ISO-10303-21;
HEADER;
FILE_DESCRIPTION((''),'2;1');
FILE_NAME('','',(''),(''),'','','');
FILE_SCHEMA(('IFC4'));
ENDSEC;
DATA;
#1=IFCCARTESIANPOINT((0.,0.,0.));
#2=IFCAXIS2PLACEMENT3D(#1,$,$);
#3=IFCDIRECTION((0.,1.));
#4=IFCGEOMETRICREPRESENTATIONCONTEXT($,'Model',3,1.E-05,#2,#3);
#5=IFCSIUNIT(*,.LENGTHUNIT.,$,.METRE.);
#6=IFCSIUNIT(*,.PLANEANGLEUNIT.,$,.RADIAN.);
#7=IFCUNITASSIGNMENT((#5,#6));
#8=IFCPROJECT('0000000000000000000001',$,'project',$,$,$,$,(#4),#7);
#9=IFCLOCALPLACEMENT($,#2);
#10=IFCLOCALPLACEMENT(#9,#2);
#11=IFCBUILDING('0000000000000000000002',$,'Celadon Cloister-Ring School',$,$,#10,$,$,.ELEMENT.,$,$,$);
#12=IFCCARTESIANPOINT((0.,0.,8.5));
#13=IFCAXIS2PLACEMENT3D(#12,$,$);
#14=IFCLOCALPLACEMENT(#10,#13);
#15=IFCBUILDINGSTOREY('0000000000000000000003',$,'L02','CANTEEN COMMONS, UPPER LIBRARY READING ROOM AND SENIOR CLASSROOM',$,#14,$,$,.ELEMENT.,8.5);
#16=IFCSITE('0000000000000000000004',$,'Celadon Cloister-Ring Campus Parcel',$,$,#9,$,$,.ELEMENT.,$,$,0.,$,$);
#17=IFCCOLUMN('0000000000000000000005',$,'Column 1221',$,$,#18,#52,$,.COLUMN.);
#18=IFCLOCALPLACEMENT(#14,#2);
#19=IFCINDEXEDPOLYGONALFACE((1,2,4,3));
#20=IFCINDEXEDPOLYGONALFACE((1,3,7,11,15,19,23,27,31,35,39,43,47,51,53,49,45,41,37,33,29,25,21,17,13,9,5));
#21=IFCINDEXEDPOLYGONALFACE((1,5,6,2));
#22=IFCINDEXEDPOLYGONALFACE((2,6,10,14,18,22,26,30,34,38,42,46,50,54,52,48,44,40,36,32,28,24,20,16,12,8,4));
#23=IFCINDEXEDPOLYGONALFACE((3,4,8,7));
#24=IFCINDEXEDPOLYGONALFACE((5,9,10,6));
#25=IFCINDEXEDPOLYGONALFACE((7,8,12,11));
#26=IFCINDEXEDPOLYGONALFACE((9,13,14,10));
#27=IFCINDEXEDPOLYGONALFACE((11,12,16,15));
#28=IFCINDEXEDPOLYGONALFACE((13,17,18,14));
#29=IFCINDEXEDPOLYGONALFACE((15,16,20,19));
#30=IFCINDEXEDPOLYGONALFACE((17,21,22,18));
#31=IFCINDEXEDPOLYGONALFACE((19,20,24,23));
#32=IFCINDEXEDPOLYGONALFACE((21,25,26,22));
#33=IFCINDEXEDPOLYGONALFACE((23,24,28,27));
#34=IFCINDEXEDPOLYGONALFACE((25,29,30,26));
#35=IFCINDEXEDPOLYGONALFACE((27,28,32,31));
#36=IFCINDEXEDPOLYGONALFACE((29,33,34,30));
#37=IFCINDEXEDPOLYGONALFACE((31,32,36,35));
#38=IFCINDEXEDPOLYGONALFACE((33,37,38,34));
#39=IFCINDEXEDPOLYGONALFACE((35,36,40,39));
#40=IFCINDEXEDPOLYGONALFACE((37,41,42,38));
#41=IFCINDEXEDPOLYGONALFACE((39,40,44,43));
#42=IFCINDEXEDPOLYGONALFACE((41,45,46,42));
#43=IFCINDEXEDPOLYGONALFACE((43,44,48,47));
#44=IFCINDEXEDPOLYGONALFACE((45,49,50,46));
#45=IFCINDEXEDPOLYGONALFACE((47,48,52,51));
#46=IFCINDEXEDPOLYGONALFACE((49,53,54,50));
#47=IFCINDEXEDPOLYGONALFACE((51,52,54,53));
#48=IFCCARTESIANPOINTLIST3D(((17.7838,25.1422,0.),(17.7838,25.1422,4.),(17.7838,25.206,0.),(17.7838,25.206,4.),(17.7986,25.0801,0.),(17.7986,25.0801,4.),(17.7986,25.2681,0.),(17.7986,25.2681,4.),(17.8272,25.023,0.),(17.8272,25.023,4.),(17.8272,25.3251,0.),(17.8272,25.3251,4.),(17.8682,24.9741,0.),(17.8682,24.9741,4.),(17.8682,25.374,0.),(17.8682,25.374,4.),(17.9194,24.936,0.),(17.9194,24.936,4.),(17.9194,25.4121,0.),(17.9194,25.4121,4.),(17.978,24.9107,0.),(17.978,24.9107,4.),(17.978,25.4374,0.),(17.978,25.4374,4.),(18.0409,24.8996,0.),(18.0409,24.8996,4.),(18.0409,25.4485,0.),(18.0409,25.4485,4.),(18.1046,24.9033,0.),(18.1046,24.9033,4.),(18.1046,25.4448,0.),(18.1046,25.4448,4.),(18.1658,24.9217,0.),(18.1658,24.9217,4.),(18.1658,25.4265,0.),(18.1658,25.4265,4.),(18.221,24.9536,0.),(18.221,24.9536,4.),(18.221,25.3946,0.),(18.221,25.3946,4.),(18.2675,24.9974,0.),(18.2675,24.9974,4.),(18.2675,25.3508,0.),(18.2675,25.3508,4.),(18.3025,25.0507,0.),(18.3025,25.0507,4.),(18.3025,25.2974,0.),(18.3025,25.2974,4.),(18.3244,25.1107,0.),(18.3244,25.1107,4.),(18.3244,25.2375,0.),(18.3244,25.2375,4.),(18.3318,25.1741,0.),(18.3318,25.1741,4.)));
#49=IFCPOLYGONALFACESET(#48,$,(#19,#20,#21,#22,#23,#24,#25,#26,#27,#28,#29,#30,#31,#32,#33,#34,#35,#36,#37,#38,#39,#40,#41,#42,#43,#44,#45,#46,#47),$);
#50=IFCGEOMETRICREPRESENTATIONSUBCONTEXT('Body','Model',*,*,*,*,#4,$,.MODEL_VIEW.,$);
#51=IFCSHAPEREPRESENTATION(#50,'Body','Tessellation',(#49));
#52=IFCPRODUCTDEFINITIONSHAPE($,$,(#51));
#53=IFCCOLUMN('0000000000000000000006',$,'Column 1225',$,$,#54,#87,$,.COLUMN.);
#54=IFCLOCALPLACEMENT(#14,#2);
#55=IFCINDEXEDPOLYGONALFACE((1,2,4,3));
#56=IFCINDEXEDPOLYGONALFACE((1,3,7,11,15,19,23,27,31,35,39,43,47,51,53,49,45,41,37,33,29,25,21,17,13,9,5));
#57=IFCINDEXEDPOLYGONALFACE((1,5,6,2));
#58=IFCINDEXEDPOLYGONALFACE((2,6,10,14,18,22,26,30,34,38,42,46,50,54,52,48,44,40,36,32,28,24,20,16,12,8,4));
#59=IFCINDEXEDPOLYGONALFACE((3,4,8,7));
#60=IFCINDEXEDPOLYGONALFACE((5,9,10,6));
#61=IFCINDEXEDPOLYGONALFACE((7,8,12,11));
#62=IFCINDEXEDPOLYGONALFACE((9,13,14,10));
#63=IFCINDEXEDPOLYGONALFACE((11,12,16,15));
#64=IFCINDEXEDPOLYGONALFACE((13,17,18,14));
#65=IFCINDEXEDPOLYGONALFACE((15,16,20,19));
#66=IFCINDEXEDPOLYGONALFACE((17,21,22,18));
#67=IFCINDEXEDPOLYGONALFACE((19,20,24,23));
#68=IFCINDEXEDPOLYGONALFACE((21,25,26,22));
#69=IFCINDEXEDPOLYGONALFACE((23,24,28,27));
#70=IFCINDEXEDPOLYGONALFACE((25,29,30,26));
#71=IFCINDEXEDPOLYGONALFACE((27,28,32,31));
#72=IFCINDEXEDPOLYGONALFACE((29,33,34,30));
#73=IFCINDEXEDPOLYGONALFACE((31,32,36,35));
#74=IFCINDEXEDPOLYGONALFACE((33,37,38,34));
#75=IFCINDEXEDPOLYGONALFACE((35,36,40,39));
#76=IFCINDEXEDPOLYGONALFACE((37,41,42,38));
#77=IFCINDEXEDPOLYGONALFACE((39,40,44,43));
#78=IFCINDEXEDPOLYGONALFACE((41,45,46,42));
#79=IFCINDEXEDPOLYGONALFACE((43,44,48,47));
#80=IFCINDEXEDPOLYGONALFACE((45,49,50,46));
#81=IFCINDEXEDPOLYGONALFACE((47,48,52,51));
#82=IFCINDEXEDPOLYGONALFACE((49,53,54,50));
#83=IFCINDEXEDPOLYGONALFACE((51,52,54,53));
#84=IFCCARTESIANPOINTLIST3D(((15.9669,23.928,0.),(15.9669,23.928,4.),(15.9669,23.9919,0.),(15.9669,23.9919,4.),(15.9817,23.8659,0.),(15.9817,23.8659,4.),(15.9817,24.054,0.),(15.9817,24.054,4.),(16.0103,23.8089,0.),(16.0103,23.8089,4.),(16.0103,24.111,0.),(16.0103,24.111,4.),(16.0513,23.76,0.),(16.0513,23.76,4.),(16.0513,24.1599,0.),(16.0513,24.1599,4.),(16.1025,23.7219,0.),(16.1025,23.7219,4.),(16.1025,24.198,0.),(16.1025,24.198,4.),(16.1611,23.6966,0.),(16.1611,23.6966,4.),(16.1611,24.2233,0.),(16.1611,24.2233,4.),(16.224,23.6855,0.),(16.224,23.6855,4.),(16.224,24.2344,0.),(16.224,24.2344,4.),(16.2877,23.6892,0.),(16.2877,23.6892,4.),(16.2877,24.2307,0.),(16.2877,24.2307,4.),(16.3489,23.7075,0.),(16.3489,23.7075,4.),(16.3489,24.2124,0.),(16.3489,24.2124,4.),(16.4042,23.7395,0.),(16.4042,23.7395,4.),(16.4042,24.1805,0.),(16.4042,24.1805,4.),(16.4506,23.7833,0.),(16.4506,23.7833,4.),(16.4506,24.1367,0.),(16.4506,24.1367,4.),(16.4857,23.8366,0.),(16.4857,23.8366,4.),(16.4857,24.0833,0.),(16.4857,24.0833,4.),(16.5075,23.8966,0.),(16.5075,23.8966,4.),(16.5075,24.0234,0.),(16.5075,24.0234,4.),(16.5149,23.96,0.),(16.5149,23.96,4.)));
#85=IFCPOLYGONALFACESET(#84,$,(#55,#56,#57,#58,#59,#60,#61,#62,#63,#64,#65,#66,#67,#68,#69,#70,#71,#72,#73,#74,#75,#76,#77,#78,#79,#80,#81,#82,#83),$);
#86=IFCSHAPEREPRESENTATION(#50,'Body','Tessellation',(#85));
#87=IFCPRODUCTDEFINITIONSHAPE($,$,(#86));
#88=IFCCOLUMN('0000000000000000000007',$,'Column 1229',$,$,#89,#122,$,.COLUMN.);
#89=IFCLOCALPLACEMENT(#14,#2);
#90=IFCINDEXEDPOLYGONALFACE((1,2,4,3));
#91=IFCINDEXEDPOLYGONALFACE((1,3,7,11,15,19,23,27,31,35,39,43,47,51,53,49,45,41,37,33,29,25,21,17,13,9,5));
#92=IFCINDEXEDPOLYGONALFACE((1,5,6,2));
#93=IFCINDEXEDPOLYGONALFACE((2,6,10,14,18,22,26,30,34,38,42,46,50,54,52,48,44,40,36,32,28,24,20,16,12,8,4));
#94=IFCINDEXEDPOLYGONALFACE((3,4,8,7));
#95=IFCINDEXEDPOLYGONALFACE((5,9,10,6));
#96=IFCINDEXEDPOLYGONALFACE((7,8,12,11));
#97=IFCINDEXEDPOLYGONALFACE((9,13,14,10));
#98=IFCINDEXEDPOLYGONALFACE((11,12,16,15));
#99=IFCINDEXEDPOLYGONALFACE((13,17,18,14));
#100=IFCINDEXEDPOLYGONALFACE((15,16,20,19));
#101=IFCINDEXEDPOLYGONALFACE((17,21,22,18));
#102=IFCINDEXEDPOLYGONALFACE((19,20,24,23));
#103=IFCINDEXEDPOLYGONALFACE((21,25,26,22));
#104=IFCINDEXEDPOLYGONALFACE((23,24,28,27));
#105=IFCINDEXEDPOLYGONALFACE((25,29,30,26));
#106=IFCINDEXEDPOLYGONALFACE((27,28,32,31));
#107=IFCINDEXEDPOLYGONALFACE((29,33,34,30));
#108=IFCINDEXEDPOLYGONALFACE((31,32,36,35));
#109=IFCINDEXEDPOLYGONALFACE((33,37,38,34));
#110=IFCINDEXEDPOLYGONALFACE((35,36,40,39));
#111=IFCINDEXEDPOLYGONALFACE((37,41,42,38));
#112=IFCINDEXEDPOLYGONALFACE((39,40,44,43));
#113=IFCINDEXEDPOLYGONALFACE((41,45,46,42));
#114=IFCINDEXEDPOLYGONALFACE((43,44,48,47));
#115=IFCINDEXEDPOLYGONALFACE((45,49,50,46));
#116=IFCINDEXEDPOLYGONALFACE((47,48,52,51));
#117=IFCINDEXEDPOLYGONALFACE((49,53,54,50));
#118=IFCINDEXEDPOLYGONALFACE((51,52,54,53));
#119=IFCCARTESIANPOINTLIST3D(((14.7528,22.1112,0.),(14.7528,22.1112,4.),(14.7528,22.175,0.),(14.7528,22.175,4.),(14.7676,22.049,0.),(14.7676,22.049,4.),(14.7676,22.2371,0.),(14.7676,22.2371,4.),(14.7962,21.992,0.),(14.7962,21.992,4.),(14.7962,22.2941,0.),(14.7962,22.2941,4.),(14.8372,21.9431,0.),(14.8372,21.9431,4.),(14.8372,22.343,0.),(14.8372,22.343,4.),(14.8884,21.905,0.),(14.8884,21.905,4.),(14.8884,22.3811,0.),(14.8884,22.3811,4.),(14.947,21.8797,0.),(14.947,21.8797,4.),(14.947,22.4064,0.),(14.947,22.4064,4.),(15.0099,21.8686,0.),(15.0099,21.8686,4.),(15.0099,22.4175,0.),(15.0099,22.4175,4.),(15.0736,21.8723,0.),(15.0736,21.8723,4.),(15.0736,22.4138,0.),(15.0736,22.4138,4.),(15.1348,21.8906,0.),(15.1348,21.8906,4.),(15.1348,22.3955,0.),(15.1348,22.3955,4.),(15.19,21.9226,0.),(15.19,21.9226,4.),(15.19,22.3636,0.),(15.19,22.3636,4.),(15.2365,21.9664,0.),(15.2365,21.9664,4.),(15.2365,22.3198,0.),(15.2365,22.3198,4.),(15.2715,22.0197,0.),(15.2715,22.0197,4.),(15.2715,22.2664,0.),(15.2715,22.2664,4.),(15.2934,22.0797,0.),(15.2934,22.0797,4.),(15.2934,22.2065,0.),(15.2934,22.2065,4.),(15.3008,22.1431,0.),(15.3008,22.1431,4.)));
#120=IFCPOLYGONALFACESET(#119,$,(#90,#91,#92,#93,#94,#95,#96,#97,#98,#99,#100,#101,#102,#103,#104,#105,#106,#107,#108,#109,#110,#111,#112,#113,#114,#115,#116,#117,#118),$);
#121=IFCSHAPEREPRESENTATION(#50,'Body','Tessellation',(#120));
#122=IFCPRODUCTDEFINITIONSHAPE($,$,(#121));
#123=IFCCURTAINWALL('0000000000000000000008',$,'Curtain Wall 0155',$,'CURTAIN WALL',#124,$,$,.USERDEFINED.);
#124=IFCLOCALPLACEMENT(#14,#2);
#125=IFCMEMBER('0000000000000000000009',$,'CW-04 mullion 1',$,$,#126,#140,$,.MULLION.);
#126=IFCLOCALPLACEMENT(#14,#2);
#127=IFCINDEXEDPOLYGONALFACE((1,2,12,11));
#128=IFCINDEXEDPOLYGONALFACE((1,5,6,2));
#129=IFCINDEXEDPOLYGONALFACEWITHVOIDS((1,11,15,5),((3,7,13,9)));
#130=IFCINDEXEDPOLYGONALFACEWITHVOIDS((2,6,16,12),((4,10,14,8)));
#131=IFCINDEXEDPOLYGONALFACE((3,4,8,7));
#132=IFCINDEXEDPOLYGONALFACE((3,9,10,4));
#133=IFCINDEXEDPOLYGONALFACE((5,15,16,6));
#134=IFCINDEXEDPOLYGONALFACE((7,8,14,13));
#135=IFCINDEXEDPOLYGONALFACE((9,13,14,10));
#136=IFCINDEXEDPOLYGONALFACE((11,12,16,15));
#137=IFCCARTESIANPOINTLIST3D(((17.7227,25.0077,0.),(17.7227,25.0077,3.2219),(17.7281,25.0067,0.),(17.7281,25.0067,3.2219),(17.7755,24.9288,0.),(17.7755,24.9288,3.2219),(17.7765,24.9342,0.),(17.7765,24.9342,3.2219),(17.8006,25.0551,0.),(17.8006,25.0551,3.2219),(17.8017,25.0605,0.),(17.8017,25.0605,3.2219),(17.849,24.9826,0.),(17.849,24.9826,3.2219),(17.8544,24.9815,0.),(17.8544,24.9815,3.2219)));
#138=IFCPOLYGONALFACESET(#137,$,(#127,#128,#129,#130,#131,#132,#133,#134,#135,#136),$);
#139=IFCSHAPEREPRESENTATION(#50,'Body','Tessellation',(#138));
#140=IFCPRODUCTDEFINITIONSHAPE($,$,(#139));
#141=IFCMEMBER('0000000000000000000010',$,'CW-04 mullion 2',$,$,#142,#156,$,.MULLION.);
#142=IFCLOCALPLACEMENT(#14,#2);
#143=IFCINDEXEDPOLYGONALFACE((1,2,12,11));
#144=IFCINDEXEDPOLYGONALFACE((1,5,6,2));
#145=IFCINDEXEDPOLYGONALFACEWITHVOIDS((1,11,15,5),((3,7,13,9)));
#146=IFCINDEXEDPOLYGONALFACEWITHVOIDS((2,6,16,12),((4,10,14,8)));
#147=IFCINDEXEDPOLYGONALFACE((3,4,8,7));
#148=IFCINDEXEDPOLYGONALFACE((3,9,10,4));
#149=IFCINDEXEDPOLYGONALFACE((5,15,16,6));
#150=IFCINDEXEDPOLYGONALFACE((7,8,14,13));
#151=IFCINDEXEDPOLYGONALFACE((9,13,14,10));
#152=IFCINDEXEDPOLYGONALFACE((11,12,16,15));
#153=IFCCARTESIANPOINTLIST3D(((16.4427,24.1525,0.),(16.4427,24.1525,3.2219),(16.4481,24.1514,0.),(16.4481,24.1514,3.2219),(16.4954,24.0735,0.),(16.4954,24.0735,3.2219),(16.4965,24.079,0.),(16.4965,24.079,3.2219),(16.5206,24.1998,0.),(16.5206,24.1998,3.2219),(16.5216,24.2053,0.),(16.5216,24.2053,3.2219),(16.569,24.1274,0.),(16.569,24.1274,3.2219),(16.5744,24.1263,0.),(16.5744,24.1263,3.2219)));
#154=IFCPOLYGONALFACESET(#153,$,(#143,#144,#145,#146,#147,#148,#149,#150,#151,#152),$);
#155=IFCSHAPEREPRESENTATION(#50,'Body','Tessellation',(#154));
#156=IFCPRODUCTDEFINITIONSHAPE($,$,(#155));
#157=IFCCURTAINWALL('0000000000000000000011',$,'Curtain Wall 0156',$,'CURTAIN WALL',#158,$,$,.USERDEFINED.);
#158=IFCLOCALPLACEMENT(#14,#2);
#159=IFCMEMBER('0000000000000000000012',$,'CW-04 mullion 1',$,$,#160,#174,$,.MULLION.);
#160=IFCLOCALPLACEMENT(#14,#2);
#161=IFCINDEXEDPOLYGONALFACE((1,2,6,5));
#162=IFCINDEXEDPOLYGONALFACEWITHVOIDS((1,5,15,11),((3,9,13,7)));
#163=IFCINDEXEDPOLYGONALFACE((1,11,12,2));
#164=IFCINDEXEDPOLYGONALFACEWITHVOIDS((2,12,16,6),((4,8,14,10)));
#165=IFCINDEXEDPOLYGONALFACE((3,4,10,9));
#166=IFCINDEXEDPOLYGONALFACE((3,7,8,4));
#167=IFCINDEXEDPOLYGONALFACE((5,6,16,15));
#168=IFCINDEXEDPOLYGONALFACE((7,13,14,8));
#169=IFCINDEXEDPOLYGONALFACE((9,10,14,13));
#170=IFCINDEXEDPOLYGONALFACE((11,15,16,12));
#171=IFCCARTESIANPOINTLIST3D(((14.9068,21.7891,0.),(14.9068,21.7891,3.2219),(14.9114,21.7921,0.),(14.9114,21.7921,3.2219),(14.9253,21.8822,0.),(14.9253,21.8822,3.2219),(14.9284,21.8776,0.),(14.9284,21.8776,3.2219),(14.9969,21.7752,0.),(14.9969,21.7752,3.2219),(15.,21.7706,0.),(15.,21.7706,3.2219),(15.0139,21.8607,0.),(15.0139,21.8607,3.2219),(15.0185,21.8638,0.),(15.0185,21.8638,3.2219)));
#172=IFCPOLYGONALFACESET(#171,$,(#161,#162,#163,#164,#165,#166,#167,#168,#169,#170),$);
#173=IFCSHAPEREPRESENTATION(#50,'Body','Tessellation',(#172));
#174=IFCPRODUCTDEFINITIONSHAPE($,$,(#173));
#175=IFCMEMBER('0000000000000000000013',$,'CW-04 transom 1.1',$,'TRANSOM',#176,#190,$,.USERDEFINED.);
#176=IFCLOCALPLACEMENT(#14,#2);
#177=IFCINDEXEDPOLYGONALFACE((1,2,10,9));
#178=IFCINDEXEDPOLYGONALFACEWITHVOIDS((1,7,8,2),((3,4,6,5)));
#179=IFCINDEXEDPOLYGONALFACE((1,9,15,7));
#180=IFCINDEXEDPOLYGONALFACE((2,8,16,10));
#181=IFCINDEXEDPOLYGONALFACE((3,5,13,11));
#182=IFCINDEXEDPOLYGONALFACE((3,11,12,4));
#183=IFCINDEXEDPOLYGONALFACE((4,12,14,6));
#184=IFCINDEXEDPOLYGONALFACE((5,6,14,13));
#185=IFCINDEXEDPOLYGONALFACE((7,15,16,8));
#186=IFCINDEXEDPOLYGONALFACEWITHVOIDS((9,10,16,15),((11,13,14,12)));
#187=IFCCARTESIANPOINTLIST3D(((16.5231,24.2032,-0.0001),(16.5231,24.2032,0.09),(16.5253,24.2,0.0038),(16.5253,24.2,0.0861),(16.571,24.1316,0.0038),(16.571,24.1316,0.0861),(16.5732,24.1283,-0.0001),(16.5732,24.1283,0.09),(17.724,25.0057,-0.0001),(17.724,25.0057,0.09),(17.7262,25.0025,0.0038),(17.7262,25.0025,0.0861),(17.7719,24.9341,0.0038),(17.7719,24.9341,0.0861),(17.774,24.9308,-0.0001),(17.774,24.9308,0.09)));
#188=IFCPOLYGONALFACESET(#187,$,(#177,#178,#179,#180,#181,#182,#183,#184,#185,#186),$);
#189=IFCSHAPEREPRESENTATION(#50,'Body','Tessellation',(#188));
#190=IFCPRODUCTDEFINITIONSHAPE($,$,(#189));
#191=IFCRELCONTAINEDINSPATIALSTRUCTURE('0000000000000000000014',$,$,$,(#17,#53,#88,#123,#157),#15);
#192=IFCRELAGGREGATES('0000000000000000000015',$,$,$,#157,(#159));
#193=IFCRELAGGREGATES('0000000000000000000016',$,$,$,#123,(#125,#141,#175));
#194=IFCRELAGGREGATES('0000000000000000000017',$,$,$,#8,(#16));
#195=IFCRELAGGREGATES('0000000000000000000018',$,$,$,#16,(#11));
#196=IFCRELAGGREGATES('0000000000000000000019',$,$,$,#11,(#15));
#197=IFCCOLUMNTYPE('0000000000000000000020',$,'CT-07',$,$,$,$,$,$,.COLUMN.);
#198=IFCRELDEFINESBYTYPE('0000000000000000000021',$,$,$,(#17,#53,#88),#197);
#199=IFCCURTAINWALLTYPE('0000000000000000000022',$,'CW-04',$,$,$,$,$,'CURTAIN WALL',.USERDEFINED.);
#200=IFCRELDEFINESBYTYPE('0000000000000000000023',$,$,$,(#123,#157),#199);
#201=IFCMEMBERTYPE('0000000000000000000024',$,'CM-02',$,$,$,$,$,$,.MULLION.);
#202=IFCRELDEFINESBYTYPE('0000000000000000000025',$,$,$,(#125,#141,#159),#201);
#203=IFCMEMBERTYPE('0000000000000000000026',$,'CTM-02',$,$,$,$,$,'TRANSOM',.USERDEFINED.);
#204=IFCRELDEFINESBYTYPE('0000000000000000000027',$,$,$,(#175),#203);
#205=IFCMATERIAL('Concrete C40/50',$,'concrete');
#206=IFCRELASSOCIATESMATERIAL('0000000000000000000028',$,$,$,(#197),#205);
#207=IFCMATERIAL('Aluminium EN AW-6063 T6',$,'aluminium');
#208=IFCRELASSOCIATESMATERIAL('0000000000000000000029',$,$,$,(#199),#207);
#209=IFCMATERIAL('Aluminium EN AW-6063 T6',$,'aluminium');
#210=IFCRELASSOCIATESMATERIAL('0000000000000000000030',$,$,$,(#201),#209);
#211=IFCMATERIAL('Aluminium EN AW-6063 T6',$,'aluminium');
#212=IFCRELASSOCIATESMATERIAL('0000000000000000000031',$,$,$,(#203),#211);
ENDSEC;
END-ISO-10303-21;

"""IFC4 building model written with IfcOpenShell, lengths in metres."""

from ifc_helpers import new_model, si_unit, direction, frame, origin, origin_2d, place, context, subcontext, project, spatial, hollow_rectangle, circle, extrude, material, material_profile, profile_set, type_object, element, aggregate, save


model = new_model("IFC4")

# Units and contexts
model_context = context("Model", 3, precision=1e-05, world=origin(), true_north=direction((0.0, 1.0)))
body_context = subcontext(model_context, "Body", "Model", "MODEL_VIEW")
ifc_project = project(units=[si_unit("LENGTHUNIT", "METRE"), si_unit("PLANEANGLEUNIT", "RADIAN")], contexts=[model_context])

# Site, building, storey
site_placement = place(None, origin())
site = spatial("IfcSite", under=ifc_project, at=site_placement, Name="Celadon Cloister-Ring Campus Parcel", CompositionType="ELEMENT", RefElevation=0.0)
building_placement = place(site_placement, origin())
building = spatial("IfcBuilding", under=site, at=building_placement, Name="Celadon Cloister-Ring School", CompositionType="ELEMENT")
storey_placement = place(building_placement, frame((0.0, 0.0, 8.5)))
storey = spatial("IfcBuildingStorey", under=building, at=storey_placement, Name="L02", Description="CANTEEN COMMONS, UPPER LIBRARY READING ROOM AND SENIOR CLASSROOM", CompositionType="ELEMENT", Elevation=8.5)

# Columns
ifc_material_1 = material(Name="Concrete C40/50", Category="concrete")
ifc_material_profile_1 = material_profile(ifc_material_1, circle(Radius=0.2749, at=origin_2d()), Name="CIRC550")
ifc_profile_set_1 = profile_set([ifc_material_profile_1], Name="Concrete C40/50")
column_type = type_object("IfcColumnType", Name="CT-07", PredefinedType="COLUMN", material=ifc_profile_set_1)
for number, where, z_axis, x_axis, name in (
    (1, (18.0569, 25.1741, 0.0), (0.0, 0.0, 1.0), (1.0, 0.0, 0.0), "Column 1221"),
    (2, (16.24, 23.96, 0.0), (0.0, 0.0, 1.0), (1.0, 0.0, 0.0), "Column 1225"),
    (3, (15.0259, 22.1431, 0.0), (0.0, 0.0, 1.0), (1.0, 0.0, 0.0), "Column 1229"),
):
    element("IfcColumn", number, at=place(storey_placement, frame(where, z_axis=z_axis, x_axis=x_axis)), inside=storey, type_object=column_type, Name=name, PredefinedType="COLUMN", context=body_context, shape_type="SweptSolid", body=[
        extrude(circle(Radius=0.2749, at=origin_2d()), origin(), (0.0, 0.0, 1.0), 4.0),
    ])

# Curtain wall, members
ifc_material_2 = material(Name="Aluminium EN AW-6063 T6", Category="aluminium")
curtain_wall_type = type_object("IfcCurtainWallType", Name="CW-04", ElementType="CURTAIN WALL", PredefinedType="USERDEFINED", material=ifc_material_2)
curtain_wall_1_placement = place(storey_placement, origin())
curtain_wall_1 = element("IfcCurtainWall", 4, at=curtain_wall_1_placement, inside=storey, type_object=curtain_wall_type, Name="Curtain Wall 0155", ObjectType="CURTAIN WALL", PredefinedType="USERDEFINED")
ifc_material_3 = material(Name="Aluminium EN AW-6063 T6", Category="aluminium")
ifc_material_profile_2 = material_profile(ifc_material_3, hollow_rectangle(XDim=0.095, YDim=0.095, WallThickness=0.0039, at=origin_2d()), Name="RHS95X95X4")
ifc_profile_set_2 = profile_set([ifc_material_profile_2], Name="Aluminium EN AW-6063 T6")
member_type_1 = type_object("IfcMemberType", Name="CM-02", PredefinedType="MULLION", material=ifc_profile_set_2)
member_1_placement = place(storey_placement, frame((17.7886, 24.9946, 0.0), z_axis=(0.0, 0.0, 1.0), x_axis=(0.555547, -0.831485, 0.0)))
member_1 = element("IfcMember", 5, at=member_1_placement, type_object=member_type_1, Name="CW-04 mullion 1", PredefinedType="MULLION", context=body_context, shape_type="SweptSolid", body=[
    extrude(hollow_rectangle(XDim=0.095, YDim=0.095, WallThickness=0.0039, at=origin_2d()), origin(), (0.0, 0.0, 1.0), 3.2219),
])
member_2_placement = place(storey_placement, frame((16.5085, 24.1394, 0.0), z_axis=(0.0, 0.0, 1.0), x_axis=(0.555547, -0.831485, 0.0)))
member_2 = element("IfcMember", 6, at=member_2_placement, type_object=member_type_1, Name="CW-04 mullion 2", PredefinedType="MULLION", context=body_context, shape_type="SweptSolid", body=[
    extrude(hollow_rectangle(XDim=0.095, YDim=0.095, WallThickness=0.0039, at=origin_2d()), origin(), (0.0, 0.0, 1.0), 3.2219),
])

# Curtain wall, member
curtain_wall_2_placement = place(storey_placement, origin())
curtain_wall_2 = element("IfcCurtainWall", 7, at=curtain_wall_2_placement, inside=storey, type_object=curtain_wall_type, Name="Curtain Wall 0156", ObjectType="CURTAIN WALL", PredefinedType="USERDEFINED")
member_3_placement = place(storey_placement, frame((14.9626, 21.8264, 0.0), z_axis=(0.0, 0.0, 1.0), x_axis=(0.980885, -0.194586, 0.0)))
member_3 = element("IfcMember", 8, at=member_3_placement, type_object=member_type_1, Name="CW-04 mullion 1", PredefinedType="MULLION", context=body_context, shape_type="SweptSolid", body=[
    extrude(hollow_rectangle(XDim=0.095, YDim=0.095, WallThickness=0.0039, at=origin_2d()), origin(), (0.0, 0.0, 1.0), 3.2219),
])

# Member
ifc_material_4 = material(Name="Aluminium EN AW-6063 T6", Category="aluminium")
ifc_material_profile_3 = material_profile(ifc_material_4, hollow_rectangle(XDim=0.0901, YDim=0.0901, WallThickness=0.0039, at=origin_2d()), Name="RHS90X90X4")
ifc_profile_set_3 = profile_set([ifc_material_profile_3], Name="Aluminium EN AW-6063 T6")
member_type_2 = type_object("IfcMemberType", Name="CTM-02", ElementType="TRANSOM", PredefinedType="USERDEFINED", material=ifc_profile_set_3)
member_4_placement = place(storey_placement, frame((17.749, 24.9683, 0.0449), z_axis=(-0.831452, -0.555597, 0.0), x_axis=(0.555597, -0.831452, 0.0)))
member_4 = element("IfcMember", 9, at=member_4_placement, type_object=member_type_2, Name="CW-04 transom 1.1", ObjectType="TRANSOM", PredefinedType="USERDEFINED", context=body_context, shape_type="SweptSolid", body=[
    extrude(hollow_rectangle(XDim=0.0901, YDim=0.0901, WallThickness=0.0039, at=origin_2d()), origin(), (0.0, 0.0, 1.0), 1.4443),
])
aggregate(curtain_wall_2, [member_3])

aggregate(curtain_wall_1, [member_1, member_2, member_4])

save(model, "model.ifc")
